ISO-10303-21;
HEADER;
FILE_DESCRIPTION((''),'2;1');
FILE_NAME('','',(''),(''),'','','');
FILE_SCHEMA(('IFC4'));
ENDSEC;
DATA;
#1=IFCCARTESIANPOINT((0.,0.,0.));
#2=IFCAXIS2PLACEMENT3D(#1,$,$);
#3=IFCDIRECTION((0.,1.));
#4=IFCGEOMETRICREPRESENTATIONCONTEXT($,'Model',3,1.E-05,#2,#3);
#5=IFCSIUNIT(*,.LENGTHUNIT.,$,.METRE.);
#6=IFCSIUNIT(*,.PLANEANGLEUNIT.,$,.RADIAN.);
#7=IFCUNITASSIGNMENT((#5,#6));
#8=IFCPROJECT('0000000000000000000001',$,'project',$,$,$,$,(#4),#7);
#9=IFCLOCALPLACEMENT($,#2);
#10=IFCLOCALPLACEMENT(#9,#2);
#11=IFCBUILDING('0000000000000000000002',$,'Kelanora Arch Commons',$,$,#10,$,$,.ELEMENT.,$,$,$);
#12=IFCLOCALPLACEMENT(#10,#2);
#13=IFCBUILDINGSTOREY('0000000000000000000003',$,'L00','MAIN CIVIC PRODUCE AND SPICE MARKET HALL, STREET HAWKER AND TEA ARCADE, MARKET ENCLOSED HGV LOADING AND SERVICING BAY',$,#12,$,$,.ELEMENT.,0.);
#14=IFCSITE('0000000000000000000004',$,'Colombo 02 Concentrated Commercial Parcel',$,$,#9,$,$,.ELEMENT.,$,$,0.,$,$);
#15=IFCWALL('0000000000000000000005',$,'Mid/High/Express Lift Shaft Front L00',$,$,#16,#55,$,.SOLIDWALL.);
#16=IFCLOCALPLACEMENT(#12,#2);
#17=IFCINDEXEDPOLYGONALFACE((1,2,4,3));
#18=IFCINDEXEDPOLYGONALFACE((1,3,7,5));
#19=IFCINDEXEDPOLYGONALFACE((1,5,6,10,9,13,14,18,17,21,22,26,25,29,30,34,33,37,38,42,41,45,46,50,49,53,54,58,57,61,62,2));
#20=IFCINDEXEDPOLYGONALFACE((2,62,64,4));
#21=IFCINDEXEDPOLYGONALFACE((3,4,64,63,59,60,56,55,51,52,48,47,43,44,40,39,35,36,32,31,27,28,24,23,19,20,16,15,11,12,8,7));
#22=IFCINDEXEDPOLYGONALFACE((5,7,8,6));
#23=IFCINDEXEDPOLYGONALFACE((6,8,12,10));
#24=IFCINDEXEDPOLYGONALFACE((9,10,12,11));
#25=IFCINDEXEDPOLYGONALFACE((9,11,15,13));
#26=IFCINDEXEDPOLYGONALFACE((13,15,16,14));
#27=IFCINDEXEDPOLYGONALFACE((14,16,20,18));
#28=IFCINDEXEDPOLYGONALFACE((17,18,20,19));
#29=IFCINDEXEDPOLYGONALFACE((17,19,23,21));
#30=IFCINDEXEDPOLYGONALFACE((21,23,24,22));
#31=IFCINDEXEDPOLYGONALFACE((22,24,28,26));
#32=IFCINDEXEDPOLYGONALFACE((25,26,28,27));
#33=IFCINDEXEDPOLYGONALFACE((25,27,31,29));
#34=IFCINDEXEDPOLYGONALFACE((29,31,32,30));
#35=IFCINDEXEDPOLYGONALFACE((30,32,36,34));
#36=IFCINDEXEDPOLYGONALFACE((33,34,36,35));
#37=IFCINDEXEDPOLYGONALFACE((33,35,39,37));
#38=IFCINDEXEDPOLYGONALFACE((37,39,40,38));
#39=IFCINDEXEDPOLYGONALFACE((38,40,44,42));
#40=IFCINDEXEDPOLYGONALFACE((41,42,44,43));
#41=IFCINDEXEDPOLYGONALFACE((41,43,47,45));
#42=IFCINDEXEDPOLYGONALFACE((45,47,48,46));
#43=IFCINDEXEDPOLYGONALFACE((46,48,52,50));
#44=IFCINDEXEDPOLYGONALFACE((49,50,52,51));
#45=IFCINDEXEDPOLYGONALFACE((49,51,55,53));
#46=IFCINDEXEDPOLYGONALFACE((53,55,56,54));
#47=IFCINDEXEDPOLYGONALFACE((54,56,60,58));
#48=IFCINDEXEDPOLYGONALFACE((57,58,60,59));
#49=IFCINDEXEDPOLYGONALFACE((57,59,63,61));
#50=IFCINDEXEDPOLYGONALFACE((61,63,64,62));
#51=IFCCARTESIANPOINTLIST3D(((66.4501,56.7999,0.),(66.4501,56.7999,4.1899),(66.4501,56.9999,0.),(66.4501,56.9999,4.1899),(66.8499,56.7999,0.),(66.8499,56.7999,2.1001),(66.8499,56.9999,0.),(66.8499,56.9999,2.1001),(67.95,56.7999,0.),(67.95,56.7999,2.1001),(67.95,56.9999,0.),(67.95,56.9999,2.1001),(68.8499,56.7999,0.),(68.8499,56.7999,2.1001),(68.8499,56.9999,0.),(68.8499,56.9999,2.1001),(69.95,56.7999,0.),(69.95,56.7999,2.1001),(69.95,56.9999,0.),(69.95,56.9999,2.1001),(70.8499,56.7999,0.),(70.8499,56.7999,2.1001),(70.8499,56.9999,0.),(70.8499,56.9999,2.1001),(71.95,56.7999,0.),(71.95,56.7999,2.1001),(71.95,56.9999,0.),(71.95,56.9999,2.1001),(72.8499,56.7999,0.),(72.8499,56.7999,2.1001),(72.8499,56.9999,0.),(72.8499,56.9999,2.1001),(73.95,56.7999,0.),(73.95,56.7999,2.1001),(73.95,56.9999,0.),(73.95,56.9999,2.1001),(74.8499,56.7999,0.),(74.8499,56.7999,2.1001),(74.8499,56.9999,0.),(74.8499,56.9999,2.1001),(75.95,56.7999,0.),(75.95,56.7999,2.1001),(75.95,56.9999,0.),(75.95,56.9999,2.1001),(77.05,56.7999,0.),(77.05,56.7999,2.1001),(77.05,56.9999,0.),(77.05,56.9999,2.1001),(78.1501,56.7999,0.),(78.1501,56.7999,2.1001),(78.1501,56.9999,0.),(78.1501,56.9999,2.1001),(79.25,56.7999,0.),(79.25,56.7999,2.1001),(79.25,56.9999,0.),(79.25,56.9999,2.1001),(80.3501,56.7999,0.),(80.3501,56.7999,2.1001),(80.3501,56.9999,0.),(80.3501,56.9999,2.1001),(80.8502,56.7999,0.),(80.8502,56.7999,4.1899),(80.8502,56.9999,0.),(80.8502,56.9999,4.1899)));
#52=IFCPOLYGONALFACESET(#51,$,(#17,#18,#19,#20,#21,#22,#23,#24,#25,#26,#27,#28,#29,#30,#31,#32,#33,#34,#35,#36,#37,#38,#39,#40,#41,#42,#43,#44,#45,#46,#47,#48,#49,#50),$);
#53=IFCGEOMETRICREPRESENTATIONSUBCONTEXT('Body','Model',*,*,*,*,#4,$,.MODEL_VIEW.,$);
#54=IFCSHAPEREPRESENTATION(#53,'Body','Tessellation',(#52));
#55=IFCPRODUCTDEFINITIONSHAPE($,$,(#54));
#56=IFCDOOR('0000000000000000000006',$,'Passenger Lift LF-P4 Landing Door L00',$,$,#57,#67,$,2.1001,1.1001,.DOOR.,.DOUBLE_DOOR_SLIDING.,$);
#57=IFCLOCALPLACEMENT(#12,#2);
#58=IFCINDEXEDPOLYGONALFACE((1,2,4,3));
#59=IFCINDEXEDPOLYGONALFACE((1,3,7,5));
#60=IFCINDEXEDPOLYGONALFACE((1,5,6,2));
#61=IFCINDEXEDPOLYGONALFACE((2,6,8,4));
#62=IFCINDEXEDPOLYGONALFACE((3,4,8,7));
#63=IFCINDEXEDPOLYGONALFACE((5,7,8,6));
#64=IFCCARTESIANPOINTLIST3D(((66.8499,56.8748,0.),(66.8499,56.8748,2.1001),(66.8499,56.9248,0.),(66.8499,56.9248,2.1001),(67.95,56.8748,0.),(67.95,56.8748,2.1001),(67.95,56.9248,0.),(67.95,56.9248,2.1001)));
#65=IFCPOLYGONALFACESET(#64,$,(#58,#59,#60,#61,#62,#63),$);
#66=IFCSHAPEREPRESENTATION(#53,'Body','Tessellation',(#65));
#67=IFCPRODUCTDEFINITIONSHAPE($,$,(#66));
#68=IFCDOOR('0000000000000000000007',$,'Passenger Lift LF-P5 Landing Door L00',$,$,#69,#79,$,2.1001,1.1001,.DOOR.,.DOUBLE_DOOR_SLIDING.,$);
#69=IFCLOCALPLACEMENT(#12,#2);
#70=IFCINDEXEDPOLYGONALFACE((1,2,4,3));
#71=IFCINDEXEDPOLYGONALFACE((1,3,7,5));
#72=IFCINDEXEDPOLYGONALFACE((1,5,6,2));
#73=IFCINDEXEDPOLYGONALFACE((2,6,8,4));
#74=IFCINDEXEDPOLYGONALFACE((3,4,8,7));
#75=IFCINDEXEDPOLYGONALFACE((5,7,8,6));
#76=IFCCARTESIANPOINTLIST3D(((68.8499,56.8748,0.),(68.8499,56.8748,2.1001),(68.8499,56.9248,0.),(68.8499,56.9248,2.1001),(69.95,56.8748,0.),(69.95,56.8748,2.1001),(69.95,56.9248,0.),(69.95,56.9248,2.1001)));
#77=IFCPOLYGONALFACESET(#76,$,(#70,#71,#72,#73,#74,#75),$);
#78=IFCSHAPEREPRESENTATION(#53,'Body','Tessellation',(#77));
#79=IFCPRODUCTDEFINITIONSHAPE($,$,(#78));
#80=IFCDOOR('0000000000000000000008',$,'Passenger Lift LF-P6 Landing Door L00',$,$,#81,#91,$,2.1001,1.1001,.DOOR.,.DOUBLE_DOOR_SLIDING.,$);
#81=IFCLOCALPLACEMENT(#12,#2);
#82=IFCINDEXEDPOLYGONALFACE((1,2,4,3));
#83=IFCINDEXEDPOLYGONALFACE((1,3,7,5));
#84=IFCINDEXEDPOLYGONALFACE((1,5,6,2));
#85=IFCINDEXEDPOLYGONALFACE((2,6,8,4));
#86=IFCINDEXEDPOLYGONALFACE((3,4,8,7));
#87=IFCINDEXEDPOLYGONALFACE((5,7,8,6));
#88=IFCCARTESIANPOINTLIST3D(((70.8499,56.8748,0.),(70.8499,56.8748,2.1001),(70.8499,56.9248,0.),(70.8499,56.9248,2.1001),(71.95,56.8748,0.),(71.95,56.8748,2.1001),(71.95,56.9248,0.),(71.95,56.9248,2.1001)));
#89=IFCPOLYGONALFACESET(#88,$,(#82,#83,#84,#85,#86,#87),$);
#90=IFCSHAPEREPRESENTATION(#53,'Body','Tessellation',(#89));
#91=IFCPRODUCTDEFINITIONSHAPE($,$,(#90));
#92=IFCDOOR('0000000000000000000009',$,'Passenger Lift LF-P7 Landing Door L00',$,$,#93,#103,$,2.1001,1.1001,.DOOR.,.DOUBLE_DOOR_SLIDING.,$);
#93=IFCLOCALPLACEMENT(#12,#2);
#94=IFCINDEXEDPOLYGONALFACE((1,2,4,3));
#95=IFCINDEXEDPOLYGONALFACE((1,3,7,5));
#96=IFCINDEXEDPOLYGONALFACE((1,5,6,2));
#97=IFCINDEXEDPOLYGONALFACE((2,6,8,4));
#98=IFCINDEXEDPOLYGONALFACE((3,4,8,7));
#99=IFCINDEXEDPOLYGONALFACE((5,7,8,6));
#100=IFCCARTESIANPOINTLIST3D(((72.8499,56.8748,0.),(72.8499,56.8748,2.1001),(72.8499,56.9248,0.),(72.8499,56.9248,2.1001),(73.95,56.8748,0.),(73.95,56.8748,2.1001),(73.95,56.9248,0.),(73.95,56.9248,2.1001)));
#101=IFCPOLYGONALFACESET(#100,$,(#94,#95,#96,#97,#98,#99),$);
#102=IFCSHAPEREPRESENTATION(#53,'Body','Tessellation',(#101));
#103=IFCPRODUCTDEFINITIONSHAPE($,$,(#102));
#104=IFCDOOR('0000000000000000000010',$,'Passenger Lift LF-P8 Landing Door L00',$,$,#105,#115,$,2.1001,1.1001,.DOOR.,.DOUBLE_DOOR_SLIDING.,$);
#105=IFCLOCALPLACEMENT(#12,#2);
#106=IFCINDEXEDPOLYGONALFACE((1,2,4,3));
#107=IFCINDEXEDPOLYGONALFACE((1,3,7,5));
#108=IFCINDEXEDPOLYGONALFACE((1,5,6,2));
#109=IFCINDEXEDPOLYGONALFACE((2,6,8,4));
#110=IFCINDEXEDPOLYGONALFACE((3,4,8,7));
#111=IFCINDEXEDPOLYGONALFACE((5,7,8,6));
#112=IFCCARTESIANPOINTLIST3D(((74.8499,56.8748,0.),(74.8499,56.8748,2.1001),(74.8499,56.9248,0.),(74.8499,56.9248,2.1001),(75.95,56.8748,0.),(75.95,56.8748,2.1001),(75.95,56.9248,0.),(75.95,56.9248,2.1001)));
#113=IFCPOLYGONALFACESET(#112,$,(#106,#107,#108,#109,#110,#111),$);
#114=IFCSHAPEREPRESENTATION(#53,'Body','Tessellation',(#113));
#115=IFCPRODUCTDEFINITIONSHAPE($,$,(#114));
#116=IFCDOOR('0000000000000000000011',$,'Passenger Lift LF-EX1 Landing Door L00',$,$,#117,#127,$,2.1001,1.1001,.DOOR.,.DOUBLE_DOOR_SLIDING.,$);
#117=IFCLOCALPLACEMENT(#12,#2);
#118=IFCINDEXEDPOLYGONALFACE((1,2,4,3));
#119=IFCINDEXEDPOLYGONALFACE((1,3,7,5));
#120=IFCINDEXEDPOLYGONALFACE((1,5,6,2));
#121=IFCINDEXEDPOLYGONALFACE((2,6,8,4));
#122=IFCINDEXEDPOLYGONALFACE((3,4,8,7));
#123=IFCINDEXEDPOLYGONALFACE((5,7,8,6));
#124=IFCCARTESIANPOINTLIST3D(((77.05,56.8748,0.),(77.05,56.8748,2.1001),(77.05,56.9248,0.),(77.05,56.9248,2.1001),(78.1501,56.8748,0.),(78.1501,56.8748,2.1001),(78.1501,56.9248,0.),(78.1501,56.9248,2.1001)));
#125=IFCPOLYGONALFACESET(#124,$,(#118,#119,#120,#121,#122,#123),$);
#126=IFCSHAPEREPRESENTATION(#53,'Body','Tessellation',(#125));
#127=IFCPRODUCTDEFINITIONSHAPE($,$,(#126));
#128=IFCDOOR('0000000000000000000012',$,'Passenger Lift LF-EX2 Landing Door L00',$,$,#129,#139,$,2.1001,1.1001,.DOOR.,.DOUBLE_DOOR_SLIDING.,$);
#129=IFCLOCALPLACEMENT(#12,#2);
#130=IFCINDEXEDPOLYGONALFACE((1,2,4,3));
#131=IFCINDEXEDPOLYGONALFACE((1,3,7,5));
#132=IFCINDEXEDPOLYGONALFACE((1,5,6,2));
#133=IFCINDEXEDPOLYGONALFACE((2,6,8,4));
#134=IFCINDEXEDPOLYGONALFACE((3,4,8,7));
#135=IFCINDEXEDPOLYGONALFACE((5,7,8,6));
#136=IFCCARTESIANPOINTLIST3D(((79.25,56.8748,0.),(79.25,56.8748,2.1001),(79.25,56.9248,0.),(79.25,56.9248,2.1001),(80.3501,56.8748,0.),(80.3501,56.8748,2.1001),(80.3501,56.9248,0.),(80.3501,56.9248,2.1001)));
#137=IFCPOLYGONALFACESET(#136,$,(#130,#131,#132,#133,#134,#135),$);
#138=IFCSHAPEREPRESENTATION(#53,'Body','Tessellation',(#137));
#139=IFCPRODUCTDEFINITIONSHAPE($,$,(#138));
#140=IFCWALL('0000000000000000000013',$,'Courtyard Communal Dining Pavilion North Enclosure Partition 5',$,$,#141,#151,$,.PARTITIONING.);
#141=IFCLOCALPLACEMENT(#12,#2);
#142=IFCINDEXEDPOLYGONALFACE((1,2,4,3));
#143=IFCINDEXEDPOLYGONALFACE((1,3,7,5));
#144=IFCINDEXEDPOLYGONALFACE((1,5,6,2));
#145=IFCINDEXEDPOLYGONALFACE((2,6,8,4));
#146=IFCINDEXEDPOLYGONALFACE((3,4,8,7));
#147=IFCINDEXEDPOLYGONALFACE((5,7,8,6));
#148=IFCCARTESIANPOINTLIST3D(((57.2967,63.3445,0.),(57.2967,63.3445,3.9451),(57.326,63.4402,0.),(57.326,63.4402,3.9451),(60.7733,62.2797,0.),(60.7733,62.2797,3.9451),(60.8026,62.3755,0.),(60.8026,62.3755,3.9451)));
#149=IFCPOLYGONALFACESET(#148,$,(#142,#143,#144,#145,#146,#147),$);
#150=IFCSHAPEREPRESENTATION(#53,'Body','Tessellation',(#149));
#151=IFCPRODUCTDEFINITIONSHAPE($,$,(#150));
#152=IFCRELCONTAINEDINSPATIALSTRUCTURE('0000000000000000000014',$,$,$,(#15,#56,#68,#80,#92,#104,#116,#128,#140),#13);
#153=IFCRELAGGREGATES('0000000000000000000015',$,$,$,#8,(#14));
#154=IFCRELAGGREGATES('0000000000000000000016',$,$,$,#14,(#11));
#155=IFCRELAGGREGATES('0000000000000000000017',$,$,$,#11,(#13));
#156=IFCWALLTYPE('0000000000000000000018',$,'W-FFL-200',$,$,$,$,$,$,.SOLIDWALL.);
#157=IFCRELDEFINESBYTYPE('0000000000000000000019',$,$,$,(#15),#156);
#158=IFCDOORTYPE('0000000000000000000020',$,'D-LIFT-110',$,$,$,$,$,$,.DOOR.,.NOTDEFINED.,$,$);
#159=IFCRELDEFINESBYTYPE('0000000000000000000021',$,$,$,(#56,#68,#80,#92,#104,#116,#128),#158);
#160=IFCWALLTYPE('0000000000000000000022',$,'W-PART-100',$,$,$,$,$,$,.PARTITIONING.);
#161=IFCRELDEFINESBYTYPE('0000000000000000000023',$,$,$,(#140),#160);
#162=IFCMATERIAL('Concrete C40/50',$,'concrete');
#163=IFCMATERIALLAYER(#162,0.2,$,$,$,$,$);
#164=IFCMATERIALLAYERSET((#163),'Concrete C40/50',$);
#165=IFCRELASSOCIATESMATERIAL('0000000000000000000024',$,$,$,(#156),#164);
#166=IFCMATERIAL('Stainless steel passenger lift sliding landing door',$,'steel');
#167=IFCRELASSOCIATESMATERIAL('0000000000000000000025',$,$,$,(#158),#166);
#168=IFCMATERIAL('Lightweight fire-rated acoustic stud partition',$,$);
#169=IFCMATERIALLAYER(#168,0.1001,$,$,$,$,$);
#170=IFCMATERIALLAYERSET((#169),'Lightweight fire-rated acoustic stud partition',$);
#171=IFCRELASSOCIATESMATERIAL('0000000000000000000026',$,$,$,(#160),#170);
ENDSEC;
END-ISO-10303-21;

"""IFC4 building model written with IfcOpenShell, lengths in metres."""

from ifc_helpers import new_model, si_unit, direction, frame, frame_2d, origin, place, context, subcontext, project, spatial, rectangle, extrude, material, layer, layer_set, type_object, element, fill, save


model = new_model("IFC4")

# Units and contexts
model_context = context("Model", 3, precision=1e-05, world=origin(), true_north=direction((0.0, 1.0)))
body_context = subcontext(model_context, "Body", "Model", "MODEL_VIEW")
ifc_project = project(units=[si_unit("LENGTHUNIT", "METRE"), si_unit("PLANEANGLEUNIT", "RADIAN")], contexts=[model_context])

# Site, building, storey
site_placement = place(None, origin())
site = spatial("IfcSite", under=ifc_project, at=site_placement, Name="Colombo 02 Concentrated Commercial Parcel", CompositionType="ELEMENT", RefElevation=0.0)
building_placement = place(site_placement, origin())
building = spatial("IfcBuilding", under=site, at=building_placement, Name="Kelanora Arch Commons", CompositionType="ELEMENT")
storey_placement = place(building_placement, origin())
storey = spatial("IfcBuildingStorey", under=building, at=storey_placement, Name="L00", Description="MAIN CIVIC PRODUCE AND SPICE MARKET HALL, STREET HAWKER AND TEA ARCADE, MARKET ENCLOSED HGV LOADING AND SERVICING BAY", CompositionType="ELEMENT", Elevation=0.0)

# Wall, openings, doors
ifc_material_1 = material(Name="Concrete C40/50", Category="concrete")
ifc_layer_1 = layer(ifc_material_1, 0.2)
ifc_layer_set_1 = layer_set([ifc_layer_1], Name="Concrete C40/50")
wall_type_1 = type_object("IfcWallType", Name="W-FFL-200", PredefinedType="SOLIDWALL", material=ifc_layer_set_1)
ifc_material_2 = material(Name="Stainless steel passenger lift sliding landing door", Category="steel")
door_type_1 = type_object("IfcDoorType", Name="D-LIFT-110", OperationType="NOTDEFINED", PredefinedType="DOOR", material=ifc_material_2)
wall_1_placement = place(storey_placement, frame((66.45, 56.8999, 0.0), z_axis=(0.0, 0.0, 1.0), x_axis=(1.0, 0.0, 0.0)))
wall_1 = element("IfcWall", 1, at=wall_1_placement, inside=storey, type_object=wall_type_1, Name="Mid/High/Express Lift Shaft Front L00", PredefinedType="SOLIDWALL", context=body_context, shape_type="SweptSolid", body=[
    extrude(rectangle(XDim=14.4001, YDim=0.2, at=frame_2d((7.2002, 0.0))), origin(), (0.0, 0.0, 1.0), 4.1899),
])
opening_1_placement = place(wall_1_placement, frame((0.3999, 0.0, 0.0)))
opening_1 = element("IfcOpeningElement", 2, at=opening_1_placement, cuts=wall_1, PredefinedType="OPENING", context=body_context, shape_type="SweptSolid", body=[
    extrude(rectangle(XDim=1.1001, YDim=2.1001, at=frame_2d((0.55, 1.05))), frame((0.0, 0.1099, 0.0), z_axis=(0.0, -1.0, 0.0), x_axis=(1.0, 0.0, 0.0)), (0.0, 0.0, 1.0), 0.22),
])
opening_2_placement = place(wall_1_placement, frame((2.3999, 0.0, 0.0)))
opening_2 = element("IfcOpeningElement", 3, at=opening_2_placement, cuts=wall_1, PredefinedType="OPENING", context=body_context, shape_type="SweptSolid", body=[
    extrude(rectangle(XDim=1.1001, YDim=2.1001, at=frame_2d((0.55, 1.05))), frame((0.0, 0.1099, 0.0), z_axis=(0.0, -1.0, 0.0), x_axis=(1.0, 0.0, 0.0)), (0.0, 0.0, 1.0), 0.22),
])
opening_3_placement = place(wall_1_placement, frame((4.3999, 0.0, 0.0)))
opening_3 = element("IfcOpeningElement", 4, at=opening_3_placement, cuts=wall_1, PredefinedType="OPENING", context=body_context, shape_type="SweptSolid", body=[
    extrude(rectangle(XDim=1.1001, YDim=2.1001, at=frame_2d((0.55, 1.05))), frame((0.0, 0.1099, 0.0), z_axis=(0.0, -1.0, 0.0), x_axis=(1.0, 0.0, 0.0)), (0.0, 0.0, 1.0), 0.22),
])
opening_4_placement = place(wall_1_placement, frame((6.3999, 0.0, 0.0)))
opening_4 = element("IfcOpeningElement", 5, at=opening_4_placement, cuts=wall_1, PredefinedType="OPENING", context=body_context, shape_type="SweptSolid", body=[
    extrude(rectangle(XDim=1.1001, YDim=2.1001, at=frame_2d((0.55, 1.05))), frame((0.0, 0.1099, 0.0), z_axis=(0.0, -1.0, 0.0), x_axis=(1.0, 0.0, 0.0)), (0.0, 0.0, 1.0), 0.22),
])
opening_5_placement = place(wall_1_placement, frame((8.3999, 0.0, 0.0)))
opening_5 = element("IfcOpeningElement", 6, at=opening_5_placement, cuts=wall_1, PredefinedType="OPENING", context=body_context, shape_type="SweptSolid", body=[
    extrude(rectangle(XDim=1.1001, YDim=2.1001, at=frame_2d((0.55, 1.05))), frame((0.0, 0.1099, 0.0), z_axis=(0.0, -1.0, 0.0), x_axis=(1.0, 0.0, 0.0)), (0.0, 0.0, 1.0), 0.22),
])
opening_6_placement = place(wall_1_placement, frame((10.6001, 0.0, 0.0)))
opening_6 = element("IfcOpeningElement", 7, at=opening_6_placement, cuts=wall_1, PredefinedType="OPENING", context=body_context, shape_type="SweptSolid", body=[
    extrude(rectangle(XDim=1.1001, YDim=2.1001, at=frame_2d((0.55, 1.05))), frame((0.0, 0.1099, 0.0), z_axis=(0.0, -1.0, 0.0), x_axis=(1.0, 0.0, 0.0)), (0.0, 0.0, 1.0), 0.22),
])
opening_7_placement = place(wall_1_placement, frame((12.8, 0.0, 0.0)))
opening_7 = element("IfcOpeningElement", 8, at=opening_7_placement, cuts=wall_1, PredefinedType="OPENING", context=body_context, shape_type="SweptSolid", body=[
    extrude(rectangle(XDim=1.1001, YDim=2.1001, at=frame_2d((0.55, 1.05))), frame((0.0, 0.1099, 0.0), z_axis=(0.0, -1.0, 0.0), x_axis=(1.0, 0.0, 0.0)), (0.0, 0.0, 1.0), 0.22),
])
door_1_placement = place(opening_1_placement, origin())
door_1 = element("IfcDoor", 9, at=door_1_placement, inside=storey, type_object=door_type_1, Name="Passenger Lift LF-P4 Landing Door L00", OperationType="DOUBLE_DOOR_SLIDING", OverallHeight=2.1001, OverallWidth=1.1001, PredefinedType="DOOR", context=body_context, shape_type="SweptSolid", body=[
    extrude(rectangle(XDim=1.1001, YDim=2.1001, at=frame_2d((0.55, 1.05))), frame((0.0, 0.0249, 0.0), z_axis=(0.0, -1.0, 0.0), x_axis=(1.0, 0.0, 0.0)), (0.0, 0.0, 1.0), 0.05),
])
fill(opening_1, door_1)
door_2_placement = place(opening_2_placement, origin())
door_2 = element("IfcDoor", 10, at=door_2_placement, inside=storey, type_object=door_type_1, Name="Passenger Lift LF-P5 Landing Door L00", OperationType="DOUBLE_DOOR_SLIDING", OverallHeight=2.1001, OverallWidth=1.1001, PredefinedType="DOOR", context=body_context, shape_type="SweptSolid", body=[
    extrude(rectangle(XDim=1.1001, YDim=2.1001, at=frame_2d((0.55, 1.05))), frame((0.0, 0.0249, 0.0), z_axis=(0.0, -1.0, 0.0), x_axis=(1.0, 0.0, 0.0)), (0.0, 0.0, 1.0), 0.05),
])
fill(opening_2, door_2)
door_3_placement = place(opening_3_placement, origin())
door_3 = element("IfcDoor", 11, at=door_3_placement, inside=storey, type_object=door_type_1, Name="Passenger Lift LF-P6 Landing Door L00", OperationType="DOUBLE_DOOR_SLIDING", OverallHeight=2.1001, OverallWidth=1.1001, PredefinedType="DOOR", context=body_context, shape_type="SweptSolid", body=[
    extrude(rectangle(XDim=1.1001, YDim=2.1001, at=frame_2d((0.55, 1.05))), frame((0.0, 0.0249, 0.0), z_axis=(0.0, -1.0, 0.0), x_axis=(1.0, 0.0, 0.0)), (0.0, 0.0, 1.0), 0.05),
])
fill(opening_3, door_3)
door_4_placement = place(opening_4_placement, origin())
door_4 = element("IfcDoor", 12, at=door_4_placement, inside=storey, type_object=door_type_1, Name="Passenger Lift LF-P7 Landing Door L00", OperationType="DOUBLE_DOOR_SLIDING", OverallHeight=2.1001, OverallWidth=1.1001, PredefinedType="DOOR", context=body_context, shape_type="SweptSolid", body=[
    extrude(rectangle(XDim=1.1001, YDim=2.1001, at=frame_2d((0.55, 1.05))), frame((0.0, 0.0249, 0.0), z_axis=(0.0, -1.0, 0.0), x_axis=(1.0, 0.0, 0.0)), (0.0, 0.0, 1.0), 0.05),
])
fill(opening_4, door_4)
door_5_placement = place(opening_5_placement, origin())
door_5 = element("IfcDoor", 13, at=door_5_placement, inside=storey, type_object=door_type_1, Name="Passenger Lift LF-P8 Landing Door L00", OperationType="DOUBLE_DOOR_SLIDING", OverallHeight=2.1001, OverallWidth=1.1001, PredefinedType="DOOR", context=body_context, shape_type="SweptSolid", body=[
    extrude(rectangle(XDim=1.1001, YDim=2.1001, at=frame_2d((0.55, 1.05))), frame((0.0, 0.0249, 0.0), z_axis=(0.0, -1.0, 0.0), x_axis=(1.0, 0.0, 0.0)), (0.0, 0.0, 1.0), 0.05),
])
fill(opening_5, door_5)
door_6_placement = place(opening_6_placement, origin())
door_6 = element("IfcDoor", 14, at=door_6_placement, inside=storey, type_object=door_type_1, Name="Passenger Lift LF-EX1 Landing Door L00", OperationType="DOUBLE_DOOR_SLIDING", OverallHeight=2.1001, OverallWidth=1.1001, PredefinedType="DOOR", context=body_context, shape_type="SweptSolid", body=[
    extrude(rectangle(XDim=1.1001, YDim=2.1001, at=frame_2d((0.55, 1.05))), frame((0.0, 0.0249, 0.0), z_axis=(0.0, -1.0, 0.0), x_axis=(1.0, 0.0, 0.0)), (0.0, 0.0, 1.0), 0.05),
])
fill(opening_6, door_6)
door_7_placement = place(opening_7_placement, origin())
door_7 = element("IfcDoor", 15, at=door_7_placement, inside=storey, type_object=door_type_1, Name="Passenger Lift LF-EX2 Landing Door L00", OperationType="DOUBLE_DOOR_SLIDING", OverallHeight=2.1001, OverallWidth=1.1001, PredefinedType="DOOR", context=body_context, shape_type="SweptSolid", body=[
    extrude(rectangle(XDim=1.1001, YDim=2.1001, at=frame_2d((0.55, 1.05))), frame((0.0, 0.0249, 0.0), z_axis=(0.0, -1.0, 0.0), x_axis=(1.0, 0.0, 0.0)), (0.0, 0.0, 1.0), 0.05),
])
fill(opening_7, door_7)

# Wall
ifc_material_3 = material(Name="Lightweight fire-rated acoustic stud partition")
ifc_layer_2 = layer(ifc_material_3, 0.1001)
ifc_layer_set_2 = layer_set([ifc_layer_2], Name="Lightweight fire-rated acoustic stud partition")
wall_type_2 = type_object("IfcWallType", Name="W-PART-100", PredefinedType="PARTITIONING", material=ifc_layer_set_2)
wall_2_placement = place(storey_placement, frame((60.7878, 62.3276, 0.0), z_axis=(0.0, 0.0, 1.0), x_axis=(-0.956166, 0.292826, 0.0)))
element("IfcWall", 16, at=wall_2_placement, inside=storey, type_object=wall_type_2, Name="Courtyard Communal Dining Pavilion North Enclosure Partition 5", PredefinedType="PARTITIONING", context=body_context, shape_type="SweptSolid", body=[
    extrude(rectangle(XDim=3.636, YDim=0.1001, at=frame_2d((1.8179, 0.0))), origin(), (0.0, 0.0, 1.0), 3.9451),
])

save(model, "model.ifc")
